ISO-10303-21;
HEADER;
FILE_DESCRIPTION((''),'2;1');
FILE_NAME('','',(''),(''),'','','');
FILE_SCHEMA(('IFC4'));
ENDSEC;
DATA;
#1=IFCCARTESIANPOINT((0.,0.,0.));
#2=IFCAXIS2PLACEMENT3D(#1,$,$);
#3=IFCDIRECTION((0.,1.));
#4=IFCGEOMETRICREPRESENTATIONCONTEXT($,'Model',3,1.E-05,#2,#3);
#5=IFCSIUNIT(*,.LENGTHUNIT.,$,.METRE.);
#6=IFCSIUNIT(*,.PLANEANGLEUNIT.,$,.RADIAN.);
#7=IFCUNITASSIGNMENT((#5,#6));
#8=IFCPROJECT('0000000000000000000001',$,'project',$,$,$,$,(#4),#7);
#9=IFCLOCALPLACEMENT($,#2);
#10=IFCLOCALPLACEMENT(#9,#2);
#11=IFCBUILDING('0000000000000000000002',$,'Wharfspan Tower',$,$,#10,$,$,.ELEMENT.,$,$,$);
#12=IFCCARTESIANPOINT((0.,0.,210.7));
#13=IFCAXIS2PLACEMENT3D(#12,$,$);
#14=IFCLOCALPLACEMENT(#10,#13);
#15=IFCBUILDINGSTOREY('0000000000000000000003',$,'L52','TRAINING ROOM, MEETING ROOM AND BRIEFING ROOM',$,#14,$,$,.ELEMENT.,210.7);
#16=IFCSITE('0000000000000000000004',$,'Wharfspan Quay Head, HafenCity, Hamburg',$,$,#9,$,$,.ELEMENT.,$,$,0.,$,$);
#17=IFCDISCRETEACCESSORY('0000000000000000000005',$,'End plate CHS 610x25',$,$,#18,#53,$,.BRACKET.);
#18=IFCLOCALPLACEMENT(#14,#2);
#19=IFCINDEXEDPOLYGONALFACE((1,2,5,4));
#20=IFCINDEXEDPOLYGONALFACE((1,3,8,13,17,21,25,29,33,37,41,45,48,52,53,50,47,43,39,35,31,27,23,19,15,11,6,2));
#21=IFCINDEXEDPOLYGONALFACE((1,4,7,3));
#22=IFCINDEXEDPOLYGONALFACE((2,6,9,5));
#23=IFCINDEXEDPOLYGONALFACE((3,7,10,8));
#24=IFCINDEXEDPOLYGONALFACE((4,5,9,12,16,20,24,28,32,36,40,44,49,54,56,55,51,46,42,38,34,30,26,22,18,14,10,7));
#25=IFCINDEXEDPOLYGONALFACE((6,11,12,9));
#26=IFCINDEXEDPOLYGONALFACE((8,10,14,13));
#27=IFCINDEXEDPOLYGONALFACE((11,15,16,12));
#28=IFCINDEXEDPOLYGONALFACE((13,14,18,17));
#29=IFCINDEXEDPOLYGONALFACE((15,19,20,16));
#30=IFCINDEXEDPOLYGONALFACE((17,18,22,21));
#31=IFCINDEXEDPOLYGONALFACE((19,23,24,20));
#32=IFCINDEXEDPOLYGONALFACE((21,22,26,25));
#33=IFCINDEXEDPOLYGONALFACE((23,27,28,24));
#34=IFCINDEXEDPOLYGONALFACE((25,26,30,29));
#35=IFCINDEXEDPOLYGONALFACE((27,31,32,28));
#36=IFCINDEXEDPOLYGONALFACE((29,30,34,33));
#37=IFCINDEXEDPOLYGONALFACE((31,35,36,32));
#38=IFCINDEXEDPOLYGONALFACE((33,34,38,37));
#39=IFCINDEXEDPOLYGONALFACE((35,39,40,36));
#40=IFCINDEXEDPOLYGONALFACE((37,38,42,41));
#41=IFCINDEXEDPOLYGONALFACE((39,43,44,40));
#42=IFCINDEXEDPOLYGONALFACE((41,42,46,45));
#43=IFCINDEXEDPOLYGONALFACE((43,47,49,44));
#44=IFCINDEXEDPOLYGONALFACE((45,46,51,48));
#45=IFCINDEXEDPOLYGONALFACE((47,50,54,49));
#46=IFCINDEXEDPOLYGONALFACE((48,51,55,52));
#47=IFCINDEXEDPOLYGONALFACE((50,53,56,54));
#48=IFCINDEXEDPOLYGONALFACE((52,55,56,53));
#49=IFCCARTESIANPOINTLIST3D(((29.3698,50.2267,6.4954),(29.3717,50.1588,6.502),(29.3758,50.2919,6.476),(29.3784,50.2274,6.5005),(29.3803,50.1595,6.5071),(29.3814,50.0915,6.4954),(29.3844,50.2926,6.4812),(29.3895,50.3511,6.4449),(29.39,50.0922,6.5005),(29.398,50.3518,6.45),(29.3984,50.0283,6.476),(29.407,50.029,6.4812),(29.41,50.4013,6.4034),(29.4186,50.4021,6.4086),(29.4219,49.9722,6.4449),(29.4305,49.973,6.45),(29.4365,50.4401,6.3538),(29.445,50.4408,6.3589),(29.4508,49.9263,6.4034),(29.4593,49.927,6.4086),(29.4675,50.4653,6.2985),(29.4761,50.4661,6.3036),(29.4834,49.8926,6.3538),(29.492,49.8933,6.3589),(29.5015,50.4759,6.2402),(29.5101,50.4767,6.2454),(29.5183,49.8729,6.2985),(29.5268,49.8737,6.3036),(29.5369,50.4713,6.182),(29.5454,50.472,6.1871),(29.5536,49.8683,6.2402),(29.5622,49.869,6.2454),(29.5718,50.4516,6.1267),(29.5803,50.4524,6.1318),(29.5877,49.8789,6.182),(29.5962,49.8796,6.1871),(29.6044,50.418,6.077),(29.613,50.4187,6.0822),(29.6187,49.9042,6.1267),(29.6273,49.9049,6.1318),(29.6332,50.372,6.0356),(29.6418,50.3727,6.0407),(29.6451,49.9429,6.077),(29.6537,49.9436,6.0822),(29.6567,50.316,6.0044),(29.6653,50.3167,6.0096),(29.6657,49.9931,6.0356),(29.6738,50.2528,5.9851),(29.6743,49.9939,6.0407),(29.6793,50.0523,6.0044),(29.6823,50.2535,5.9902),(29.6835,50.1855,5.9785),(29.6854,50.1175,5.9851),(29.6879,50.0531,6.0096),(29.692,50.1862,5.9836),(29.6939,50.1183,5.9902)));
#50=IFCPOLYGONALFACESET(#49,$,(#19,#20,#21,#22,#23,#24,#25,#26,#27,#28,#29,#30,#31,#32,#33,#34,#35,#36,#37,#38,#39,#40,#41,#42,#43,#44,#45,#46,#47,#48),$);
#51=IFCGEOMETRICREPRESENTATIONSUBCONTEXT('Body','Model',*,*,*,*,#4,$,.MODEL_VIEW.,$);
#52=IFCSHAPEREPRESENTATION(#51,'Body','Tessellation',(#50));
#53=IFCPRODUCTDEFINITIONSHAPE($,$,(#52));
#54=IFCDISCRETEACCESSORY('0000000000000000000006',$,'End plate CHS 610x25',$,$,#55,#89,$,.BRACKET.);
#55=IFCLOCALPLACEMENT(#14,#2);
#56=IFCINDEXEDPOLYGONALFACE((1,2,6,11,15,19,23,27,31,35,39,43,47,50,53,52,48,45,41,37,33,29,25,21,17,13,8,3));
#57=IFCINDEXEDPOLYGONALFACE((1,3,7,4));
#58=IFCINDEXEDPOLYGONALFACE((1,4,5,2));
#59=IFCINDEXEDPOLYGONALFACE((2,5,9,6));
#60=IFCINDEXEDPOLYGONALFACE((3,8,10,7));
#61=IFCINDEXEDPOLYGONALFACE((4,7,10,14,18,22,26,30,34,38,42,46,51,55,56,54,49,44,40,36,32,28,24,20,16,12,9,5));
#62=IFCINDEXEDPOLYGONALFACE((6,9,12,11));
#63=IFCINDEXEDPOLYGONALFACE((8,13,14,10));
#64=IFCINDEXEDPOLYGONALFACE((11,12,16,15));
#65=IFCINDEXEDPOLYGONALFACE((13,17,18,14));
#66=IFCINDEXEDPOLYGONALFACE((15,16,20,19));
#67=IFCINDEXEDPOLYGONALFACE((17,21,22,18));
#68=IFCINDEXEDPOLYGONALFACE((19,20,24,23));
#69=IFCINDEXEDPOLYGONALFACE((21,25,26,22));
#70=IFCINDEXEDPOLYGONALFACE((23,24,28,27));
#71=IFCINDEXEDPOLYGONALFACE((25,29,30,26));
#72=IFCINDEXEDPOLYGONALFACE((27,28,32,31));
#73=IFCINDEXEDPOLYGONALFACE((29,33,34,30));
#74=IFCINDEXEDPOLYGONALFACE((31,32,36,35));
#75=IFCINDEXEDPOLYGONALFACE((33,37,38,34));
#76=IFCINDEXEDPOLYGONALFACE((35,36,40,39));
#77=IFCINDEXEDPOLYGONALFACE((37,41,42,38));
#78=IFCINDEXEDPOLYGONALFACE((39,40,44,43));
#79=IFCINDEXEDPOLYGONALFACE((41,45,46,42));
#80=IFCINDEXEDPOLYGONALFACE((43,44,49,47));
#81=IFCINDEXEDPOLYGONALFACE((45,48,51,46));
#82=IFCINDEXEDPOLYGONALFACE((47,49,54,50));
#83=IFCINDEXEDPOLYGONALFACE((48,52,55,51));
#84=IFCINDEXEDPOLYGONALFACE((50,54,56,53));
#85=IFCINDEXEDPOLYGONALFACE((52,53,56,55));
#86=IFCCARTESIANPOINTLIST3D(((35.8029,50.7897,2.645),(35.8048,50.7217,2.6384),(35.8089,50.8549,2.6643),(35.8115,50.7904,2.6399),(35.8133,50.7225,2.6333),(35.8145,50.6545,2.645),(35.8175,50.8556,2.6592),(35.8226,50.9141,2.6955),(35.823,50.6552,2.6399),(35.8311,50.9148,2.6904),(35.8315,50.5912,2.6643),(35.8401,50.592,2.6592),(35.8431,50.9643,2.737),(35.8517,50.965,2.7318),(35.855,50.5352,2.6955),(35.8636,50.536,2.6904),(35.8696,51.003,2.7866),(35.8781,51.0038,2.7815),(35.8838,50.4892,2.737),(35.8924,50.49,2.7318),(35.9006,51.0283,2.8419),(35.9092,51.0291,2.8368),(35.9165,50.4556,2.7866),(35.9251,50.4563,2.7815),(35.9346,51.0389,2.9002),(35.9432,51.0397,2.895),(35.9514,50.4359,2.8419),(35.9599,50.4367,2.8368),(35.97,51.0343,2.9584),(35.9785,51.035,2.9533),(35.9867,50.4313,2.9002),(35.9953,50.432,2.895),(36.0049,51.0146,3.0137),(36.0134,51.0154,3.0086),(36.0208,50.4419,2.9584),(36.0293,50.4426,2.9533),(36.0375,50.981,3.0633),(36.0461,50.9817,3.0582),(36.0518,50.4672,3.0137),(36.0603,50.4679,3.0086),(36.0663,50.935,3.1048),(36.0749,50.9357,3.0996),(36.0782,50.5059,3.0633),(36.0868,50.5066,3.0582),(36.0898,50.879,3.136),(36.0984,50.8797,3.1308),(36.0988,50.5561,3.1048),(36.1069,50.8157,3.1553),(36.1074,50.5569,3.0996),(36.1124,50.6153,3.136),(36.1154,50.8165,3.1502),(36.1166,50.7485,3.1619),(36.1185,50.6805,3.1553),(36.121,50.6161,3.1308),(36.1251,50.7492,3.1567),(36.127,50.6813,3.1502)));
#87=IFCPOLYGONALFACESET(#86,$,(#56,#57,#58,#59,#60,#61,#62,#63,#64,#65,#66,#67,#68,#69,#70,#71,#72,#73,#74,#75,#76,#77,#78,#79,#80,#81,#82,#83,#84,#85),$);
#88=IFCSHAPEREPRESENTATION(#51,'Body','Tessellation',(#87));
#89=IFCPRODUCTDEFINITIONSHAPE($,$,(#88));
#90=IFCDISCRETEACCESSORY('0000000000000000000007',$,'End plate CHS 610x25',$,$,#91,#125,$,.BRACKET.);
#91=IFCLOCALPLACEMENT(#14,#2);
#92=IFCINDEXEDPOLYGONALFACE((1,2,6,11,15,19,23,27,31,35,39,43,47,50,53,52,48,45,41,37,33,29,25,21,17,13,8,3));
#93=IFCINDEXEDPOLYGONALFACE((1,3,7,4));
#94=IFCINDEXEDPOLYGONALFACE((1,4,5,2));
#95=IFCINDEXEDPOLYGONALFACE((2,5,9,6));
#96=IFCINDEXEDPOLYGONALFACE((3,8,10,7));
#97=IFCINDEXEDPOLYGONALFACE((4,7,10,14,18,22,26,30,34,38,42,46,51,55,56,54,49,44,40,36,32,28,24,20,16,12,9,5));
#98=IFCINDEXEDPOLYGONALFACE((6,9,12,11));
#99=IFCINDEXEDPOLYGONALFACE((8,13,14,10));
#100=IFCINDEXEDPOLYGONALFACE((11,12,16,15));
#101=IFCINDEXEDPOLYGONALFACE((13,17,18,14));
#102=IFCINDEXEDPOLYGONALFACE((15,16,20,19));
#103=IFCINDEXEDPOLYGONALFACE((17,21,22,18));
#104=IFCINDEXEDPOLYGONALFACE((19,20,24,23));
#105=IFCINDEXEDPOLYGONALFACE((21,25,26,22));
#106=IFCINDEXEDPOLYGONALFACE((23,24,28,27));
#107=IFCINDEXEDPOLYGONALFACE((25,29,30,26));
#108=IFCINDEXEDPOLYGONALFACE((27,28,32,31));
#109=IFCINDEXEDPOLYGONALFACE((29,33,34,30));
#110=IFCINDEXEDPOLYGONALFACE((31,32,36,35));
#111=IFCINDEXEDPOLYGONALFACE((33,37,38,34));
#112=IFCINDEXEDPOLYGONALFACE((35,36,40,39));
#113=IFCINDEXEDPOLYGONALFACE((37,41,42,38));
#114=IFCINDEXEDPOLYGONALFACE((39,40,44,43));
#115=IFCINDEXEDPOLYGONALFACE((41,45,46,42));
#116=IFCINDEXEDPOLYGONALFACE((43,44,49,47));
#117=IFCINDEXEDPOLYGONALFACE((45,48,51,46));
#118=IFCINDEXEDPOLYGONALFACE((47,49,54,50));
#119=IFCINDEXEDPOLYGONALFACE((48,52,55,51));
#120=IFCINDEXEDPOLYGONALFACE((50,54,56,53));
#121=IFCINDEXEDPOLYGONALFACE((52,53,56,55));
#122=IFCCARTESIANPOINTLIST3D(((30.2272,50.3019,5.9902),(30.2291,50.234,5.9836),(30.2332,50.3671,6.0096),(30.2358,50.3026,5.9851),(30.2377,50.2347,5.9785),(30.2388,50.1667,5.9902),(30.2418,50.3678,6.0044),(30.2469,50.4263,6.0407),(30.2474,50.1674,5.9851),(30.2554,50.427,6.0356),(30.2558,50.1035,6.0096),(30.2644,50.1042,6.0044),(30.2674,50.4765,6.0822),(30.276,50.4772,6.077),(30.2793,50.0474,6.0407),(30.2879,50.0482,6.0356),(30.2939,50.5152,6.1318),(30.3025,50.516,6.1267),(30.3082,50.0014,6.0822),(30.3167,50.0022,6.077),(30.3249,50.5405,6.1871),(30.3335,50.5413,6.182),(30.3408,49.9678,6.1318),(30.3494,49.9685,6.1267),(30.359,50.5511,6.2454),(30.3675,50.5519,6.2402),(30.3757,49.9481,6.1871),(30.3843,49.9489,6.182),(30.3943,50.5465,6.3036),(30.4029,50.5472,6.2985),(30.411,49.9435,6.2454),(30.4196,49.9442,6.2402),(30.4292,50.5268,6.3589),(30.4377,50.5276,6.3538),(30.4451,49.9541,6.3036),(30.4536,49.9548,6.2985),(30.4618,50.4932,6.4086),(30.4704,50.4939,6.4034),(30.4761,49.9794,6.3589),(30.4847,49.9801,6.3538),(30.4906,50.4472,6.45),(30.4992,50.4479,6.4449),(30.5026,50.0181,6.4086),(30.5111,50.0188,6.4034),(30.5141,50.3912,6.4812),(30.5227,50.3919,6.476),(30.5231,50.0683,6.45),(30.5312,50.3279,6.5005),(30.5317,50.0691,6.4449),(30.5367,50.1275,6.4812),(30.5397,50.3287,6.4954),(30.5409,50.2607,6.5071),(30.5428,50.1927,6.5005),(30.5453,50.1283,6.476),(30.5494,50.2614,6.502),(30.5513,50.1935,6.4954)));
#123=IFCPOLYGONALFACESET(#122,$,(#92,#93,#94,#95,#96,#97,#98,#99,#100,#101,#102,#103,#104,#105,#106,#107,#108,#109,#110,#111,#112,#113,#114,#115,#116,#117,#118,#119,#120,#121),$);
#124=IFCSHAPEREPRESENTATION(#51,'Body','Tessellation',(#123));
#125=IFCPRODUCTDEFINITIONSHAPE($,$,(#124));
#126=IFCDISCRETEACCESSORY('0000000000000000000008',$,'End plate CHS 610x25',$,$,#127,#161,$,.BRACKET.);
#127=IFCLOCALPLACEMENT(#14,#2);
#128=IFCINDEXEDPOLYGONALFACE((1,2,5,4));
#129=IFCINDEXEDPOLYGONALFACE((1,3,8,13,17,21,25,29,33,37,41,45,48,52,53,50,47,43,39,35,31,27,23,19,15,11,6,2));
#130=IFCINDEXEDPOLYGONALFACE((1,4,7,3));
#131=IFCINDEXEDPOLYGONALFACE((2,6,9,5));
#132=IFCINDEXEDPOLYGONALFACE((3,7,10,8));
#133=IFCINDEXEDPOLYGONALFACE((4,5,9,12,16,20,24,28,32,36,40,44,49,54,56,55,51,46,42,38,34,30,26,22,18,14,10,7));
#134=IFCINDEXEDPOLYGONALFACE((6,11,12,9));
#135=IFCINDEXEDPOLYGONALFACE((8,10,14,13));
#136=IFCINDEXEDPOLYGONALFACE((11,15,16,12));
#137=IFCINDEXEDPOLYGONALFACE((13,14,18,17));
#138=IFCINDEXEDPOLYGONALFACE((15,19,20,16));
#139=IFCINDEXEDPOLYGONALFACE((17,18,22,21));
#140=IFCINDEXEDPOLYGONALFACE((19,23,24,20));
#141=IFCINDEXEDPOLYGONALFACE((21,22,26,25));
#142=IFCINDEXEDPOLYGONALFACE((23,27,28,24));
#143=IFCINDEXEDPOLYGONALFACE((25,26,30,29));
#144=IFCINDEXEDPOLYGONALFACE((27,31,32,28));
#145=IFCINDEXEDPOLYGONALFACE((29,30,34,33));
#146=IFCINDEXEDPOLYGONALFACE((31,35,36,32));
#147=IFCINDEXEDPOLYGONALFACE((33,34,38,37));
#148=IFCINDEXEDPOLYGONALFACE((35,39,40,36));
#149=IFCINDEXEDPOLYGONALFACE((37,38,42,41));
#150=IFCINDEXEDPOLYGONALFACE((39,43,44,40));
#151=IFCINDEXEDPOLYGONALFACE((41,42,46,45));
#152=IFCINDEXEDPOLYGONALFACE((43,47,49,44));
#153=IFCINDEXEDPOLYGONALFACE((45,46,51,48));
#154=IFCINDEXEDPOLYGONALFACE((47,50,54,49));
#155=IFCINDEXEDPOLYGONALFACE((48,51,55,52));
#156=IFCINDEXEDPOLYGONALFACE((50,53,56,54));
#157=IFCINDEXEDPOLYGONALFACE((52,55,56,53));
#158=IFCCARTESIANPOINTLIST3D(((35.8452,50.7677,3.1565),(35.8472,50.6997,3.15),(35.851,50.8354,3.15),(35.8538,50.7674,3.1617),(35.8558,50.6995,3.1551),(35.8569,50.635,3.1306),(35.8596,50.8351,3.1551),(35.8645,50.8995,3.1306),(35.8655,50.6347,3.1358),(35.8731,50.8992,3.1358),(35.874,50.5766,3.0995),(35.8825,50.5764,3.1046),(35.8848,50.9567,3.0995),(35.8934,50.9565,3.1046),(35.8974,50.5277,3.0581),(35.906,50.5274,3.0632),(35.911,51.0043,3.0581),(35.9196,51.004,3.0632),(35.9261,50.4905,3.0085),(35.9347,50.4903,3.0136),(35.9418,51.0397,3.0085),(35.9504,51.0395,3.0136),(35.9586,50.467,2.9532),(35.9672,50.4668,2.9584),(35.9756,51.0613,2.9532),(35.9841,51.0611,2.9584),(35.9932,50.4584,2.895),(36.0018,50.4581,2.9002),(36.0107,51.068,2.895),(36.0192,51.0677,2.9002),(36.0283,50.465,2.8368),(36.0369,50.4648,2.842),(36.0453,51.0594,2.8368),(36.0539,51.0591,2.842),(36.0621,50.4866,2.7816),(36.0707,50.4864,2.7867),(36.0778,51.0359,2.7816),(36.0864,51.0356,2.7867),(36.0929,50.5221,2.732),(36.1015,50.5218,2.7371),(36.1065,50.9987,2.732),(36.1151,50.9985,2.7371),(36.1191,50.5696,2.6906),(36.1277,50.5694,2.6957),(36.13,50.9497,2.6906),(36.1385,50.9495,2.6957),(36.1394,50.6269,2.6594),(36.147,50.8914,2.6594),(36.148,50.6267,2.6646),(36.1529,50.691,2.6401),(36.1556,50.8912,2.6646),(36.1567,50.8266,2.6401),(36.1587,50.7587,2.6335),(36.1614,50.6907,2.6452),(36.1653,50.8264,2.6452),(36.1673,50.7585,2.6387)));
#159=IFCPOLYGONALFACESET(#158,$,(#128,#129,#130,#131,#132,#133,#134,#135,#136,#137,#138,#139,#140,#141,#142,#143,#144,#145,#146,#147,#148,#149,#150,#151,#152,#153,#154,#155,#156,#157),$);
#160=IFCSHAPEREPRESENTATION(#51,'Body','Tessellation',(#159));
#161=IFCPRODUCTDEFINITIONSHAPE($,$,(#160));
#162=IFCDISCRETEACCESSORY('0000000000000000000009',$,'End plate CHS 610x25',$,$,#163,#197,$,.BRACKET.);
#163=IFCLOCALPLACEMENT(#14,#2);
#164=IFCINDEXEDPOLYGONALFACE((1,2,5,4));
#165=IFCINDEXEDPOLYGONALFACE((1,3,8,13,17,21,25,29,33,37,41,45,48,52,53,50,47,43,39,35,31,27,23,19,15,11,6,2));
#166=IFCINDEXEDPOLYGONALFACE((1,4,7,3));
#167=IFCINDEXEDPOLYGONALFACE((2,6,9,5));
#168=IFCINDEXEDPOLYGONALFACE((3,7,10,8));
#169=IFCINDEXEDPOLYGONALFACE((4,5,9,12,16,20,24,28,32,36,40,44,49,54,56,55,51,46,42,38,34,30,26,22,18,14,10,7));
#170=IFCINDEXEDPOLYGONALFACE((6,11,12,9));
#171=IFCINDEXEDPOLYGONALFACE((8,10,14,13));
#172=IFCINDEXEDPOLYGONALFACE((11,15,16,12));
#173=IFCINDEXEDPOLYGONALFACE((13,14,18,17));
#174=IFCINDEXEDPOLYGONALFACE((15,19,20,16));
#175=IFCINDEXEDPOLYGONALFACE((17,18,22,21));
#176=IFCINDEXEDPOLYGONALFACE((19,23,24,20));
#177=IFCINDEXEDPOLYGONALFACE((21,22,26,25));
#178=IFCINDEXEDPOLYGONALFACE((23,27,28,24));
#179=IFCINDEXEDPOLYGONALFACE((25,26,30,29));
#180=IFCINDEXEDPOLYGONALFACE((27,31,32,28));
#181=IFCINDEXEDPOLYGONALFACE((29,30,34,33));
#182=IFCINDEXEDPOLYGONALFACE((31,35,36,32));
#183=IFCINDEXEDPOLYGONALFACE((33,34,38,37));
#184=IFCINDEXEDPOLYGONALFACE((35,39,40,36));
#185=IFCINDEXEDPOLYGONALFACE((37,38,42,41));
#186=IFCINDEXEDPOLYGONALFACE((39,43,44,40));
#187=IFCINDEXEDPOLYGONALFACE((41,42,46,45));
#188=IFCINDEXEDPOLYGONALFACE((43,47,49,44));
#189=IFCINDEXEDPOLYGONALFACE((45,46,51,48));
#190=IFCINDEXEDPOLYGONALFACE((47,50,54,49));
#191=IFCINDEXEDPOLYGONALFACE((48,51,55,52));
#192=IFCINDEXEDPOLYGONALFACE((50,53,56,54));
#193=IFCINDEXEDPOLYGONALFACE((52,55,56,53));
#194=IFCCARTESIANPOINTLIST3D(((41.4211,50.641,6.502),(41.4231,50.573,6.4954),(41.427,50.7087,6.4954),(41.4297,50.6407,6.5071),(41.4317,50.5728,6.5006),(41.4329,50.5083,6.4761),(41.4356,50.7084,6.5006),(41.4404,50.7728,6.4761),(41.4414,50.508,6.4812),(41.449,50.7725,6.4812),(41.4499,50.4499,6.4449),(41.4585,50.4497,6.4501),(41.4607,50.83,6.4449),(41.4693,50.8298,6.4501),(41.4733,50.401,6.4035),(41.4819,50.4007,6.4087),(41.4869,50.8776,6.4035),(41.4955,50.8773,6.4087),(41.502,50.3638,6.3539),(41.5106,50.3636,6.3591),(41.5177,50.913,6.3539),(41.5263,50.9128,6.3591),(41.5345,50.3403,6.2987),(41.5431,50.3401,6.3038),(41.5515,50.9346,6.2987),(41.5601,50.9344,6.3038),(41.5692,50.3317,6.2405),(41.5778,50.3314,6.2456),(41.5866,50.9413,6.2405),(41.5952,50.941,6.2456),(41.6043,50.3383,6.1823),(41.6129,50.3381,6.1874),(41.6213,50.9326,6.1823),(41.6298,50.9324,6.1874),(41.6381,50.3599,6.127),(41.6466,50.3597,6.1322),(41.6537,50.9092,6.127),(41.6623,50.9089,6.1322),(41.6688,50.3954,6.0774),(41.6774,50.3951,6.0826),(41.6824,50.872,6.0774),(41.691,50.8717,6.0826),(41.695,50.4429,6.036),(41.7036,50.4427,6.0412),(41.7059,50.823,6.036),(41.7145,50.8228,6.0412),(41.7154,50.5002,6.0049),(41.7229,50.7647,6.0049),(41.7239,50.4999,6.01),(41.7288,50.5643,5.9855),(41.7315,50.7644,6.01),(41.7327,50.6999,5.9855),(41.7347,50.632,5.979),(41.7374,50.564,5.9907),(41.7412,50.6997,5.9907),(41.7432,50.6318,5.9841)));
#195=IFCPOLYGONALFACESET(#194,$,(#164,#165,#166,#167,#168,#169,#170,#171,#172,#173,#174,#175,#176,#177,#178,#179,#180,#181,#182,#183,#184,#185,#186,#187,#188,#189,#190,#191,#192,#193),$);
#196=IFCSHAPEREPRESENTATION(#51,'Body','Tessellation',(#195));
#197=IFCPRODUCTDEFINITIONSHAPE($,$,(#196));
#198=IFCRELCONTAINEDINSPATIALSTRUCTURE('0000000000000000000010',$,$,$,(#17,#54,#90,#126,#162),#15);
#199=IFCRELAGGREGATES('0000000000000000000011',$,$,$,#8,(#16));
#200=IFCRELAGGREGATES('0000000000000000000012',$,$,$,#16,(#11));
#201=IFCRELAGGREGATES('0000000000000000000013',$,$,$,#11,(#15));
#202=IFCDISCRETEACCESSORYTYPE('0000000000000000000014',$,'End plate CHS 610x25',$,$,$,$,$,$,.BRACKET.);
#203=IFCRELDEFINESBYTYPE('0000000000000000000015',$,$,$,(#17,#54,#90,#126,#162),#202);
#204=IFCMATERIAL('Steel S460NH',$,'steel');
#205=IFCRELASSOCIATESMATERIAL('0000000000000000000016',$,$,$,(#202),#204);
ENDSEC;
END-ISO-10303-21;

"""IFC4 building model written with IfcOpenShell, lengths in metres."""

from ifc_helpers import new_model, si_unit, direction, frame, origin, origin_2d, place, context, subcontext, project, spatial, circle, extrude, material, material_profile, profile_set, type_object, element, save


model = new_model("IFC4")

# Units and contexts
model_context = context("Model", 3, precision=1e-05, world=origin(), true_north=direction((0.0, 1.0)))
body_context = subcontext(model_context, "Body", "Model", "MODEL_VIEW")
ifc_project = project(units=[si_unit("LENGTHUNIT", "METRE"), si_unit("PLANEANGLEUNIT", "RADIAN")], contexts=[model_context])

# Site, building, storey
site_placement = place(None, origin())
site = spatial("IfcSite", under=ifc_project, at=site_placement, Name="Wharfspan Quay Head, HafenCity, Hamburg", CompositionType="ELEMENT", RefElevation=0.0)
building_placement = place(site_placement, origin())
building = spatial("IfcBuilding", under=site, at=building_placement, Name="Wharfspan Tower", CompositionType="ELEMENT")
storey_placement = place(building_placement, frame((0.0, 0.0, 210.7)))
storey = spatial("IfcBuildingStorey", under=building, at=storey_placement, Name="L52", Description="TRAINING ROOM, MEETING ROOM AND BRIEFING ROOM", CompositionType="ELEMENT", Elevation=210.7)

# Shared definitions
ifc_material_1 = material(Name="Steel S460NH", Category="steel")

# Discrete accessories
ifc_material_profile_1 = material_profile(ifc_material_1, circle(Radius=0.3049, at=origin_2d()))
ifc_profile_set_1 = profile_set([ifc_material_profile_1], Name="Steel S460NH")
discrete_accessory_type = type_object("IfcDiscreteAccessoryType", Name="End plate CHS 610x25", PredefinedType="BRACKET", material=ifc_profile_set_1)
for number, where, z_axis, x_axis, name in (
    (1, (29.5276, 50.1721, 6.2402), (0.855186, 0.073302, 0.513112), (-0.085402, 0.996345, 0.000001), "End plate CHS 610x25"),
    (2, (35.9692, 50.7358, 2.895), (-0.855186, -0.073302, 0.513112), (0.085402, -0.996345, 0.000001), "End plate CHS 610x25"),
    (3, (30.3936, 50.248, 6.2402), (-0.855186, -0.073302, 0.513112), (0.085402, -0.996345, 0.000001), "End plate CHS 610x25"),
    (4, (36.002, 50.7632, 2.895), (0.857236, -0.024492, 0.514341), (0.028558, 0.999591, 0.000002), "End plate CHS 610x25"),
    (5, (41.5779, 50.6365, 6.2405), (0.857236, -0.024492, 0.514341), (0.028558, 0.999591, 0.000002), "End plate CHS 610x25"),
):
    element("IfcDiscreteAccessory", number, at=place(storey_placement, frame(where, z_axis=z_axis, x_axis=x_axis)), inside=storey, type_object=discrete_accessory_type, Name=name, PredefinedType="BRACKET", context=body_context, shape_type="SweptSolid", body=[
        extrude(circle(Radius=0.3049, at=origin_2d()), origin(), (0.0, 0.0, 1.0), 0.01),
    ])

save(model, "model.ifc")
